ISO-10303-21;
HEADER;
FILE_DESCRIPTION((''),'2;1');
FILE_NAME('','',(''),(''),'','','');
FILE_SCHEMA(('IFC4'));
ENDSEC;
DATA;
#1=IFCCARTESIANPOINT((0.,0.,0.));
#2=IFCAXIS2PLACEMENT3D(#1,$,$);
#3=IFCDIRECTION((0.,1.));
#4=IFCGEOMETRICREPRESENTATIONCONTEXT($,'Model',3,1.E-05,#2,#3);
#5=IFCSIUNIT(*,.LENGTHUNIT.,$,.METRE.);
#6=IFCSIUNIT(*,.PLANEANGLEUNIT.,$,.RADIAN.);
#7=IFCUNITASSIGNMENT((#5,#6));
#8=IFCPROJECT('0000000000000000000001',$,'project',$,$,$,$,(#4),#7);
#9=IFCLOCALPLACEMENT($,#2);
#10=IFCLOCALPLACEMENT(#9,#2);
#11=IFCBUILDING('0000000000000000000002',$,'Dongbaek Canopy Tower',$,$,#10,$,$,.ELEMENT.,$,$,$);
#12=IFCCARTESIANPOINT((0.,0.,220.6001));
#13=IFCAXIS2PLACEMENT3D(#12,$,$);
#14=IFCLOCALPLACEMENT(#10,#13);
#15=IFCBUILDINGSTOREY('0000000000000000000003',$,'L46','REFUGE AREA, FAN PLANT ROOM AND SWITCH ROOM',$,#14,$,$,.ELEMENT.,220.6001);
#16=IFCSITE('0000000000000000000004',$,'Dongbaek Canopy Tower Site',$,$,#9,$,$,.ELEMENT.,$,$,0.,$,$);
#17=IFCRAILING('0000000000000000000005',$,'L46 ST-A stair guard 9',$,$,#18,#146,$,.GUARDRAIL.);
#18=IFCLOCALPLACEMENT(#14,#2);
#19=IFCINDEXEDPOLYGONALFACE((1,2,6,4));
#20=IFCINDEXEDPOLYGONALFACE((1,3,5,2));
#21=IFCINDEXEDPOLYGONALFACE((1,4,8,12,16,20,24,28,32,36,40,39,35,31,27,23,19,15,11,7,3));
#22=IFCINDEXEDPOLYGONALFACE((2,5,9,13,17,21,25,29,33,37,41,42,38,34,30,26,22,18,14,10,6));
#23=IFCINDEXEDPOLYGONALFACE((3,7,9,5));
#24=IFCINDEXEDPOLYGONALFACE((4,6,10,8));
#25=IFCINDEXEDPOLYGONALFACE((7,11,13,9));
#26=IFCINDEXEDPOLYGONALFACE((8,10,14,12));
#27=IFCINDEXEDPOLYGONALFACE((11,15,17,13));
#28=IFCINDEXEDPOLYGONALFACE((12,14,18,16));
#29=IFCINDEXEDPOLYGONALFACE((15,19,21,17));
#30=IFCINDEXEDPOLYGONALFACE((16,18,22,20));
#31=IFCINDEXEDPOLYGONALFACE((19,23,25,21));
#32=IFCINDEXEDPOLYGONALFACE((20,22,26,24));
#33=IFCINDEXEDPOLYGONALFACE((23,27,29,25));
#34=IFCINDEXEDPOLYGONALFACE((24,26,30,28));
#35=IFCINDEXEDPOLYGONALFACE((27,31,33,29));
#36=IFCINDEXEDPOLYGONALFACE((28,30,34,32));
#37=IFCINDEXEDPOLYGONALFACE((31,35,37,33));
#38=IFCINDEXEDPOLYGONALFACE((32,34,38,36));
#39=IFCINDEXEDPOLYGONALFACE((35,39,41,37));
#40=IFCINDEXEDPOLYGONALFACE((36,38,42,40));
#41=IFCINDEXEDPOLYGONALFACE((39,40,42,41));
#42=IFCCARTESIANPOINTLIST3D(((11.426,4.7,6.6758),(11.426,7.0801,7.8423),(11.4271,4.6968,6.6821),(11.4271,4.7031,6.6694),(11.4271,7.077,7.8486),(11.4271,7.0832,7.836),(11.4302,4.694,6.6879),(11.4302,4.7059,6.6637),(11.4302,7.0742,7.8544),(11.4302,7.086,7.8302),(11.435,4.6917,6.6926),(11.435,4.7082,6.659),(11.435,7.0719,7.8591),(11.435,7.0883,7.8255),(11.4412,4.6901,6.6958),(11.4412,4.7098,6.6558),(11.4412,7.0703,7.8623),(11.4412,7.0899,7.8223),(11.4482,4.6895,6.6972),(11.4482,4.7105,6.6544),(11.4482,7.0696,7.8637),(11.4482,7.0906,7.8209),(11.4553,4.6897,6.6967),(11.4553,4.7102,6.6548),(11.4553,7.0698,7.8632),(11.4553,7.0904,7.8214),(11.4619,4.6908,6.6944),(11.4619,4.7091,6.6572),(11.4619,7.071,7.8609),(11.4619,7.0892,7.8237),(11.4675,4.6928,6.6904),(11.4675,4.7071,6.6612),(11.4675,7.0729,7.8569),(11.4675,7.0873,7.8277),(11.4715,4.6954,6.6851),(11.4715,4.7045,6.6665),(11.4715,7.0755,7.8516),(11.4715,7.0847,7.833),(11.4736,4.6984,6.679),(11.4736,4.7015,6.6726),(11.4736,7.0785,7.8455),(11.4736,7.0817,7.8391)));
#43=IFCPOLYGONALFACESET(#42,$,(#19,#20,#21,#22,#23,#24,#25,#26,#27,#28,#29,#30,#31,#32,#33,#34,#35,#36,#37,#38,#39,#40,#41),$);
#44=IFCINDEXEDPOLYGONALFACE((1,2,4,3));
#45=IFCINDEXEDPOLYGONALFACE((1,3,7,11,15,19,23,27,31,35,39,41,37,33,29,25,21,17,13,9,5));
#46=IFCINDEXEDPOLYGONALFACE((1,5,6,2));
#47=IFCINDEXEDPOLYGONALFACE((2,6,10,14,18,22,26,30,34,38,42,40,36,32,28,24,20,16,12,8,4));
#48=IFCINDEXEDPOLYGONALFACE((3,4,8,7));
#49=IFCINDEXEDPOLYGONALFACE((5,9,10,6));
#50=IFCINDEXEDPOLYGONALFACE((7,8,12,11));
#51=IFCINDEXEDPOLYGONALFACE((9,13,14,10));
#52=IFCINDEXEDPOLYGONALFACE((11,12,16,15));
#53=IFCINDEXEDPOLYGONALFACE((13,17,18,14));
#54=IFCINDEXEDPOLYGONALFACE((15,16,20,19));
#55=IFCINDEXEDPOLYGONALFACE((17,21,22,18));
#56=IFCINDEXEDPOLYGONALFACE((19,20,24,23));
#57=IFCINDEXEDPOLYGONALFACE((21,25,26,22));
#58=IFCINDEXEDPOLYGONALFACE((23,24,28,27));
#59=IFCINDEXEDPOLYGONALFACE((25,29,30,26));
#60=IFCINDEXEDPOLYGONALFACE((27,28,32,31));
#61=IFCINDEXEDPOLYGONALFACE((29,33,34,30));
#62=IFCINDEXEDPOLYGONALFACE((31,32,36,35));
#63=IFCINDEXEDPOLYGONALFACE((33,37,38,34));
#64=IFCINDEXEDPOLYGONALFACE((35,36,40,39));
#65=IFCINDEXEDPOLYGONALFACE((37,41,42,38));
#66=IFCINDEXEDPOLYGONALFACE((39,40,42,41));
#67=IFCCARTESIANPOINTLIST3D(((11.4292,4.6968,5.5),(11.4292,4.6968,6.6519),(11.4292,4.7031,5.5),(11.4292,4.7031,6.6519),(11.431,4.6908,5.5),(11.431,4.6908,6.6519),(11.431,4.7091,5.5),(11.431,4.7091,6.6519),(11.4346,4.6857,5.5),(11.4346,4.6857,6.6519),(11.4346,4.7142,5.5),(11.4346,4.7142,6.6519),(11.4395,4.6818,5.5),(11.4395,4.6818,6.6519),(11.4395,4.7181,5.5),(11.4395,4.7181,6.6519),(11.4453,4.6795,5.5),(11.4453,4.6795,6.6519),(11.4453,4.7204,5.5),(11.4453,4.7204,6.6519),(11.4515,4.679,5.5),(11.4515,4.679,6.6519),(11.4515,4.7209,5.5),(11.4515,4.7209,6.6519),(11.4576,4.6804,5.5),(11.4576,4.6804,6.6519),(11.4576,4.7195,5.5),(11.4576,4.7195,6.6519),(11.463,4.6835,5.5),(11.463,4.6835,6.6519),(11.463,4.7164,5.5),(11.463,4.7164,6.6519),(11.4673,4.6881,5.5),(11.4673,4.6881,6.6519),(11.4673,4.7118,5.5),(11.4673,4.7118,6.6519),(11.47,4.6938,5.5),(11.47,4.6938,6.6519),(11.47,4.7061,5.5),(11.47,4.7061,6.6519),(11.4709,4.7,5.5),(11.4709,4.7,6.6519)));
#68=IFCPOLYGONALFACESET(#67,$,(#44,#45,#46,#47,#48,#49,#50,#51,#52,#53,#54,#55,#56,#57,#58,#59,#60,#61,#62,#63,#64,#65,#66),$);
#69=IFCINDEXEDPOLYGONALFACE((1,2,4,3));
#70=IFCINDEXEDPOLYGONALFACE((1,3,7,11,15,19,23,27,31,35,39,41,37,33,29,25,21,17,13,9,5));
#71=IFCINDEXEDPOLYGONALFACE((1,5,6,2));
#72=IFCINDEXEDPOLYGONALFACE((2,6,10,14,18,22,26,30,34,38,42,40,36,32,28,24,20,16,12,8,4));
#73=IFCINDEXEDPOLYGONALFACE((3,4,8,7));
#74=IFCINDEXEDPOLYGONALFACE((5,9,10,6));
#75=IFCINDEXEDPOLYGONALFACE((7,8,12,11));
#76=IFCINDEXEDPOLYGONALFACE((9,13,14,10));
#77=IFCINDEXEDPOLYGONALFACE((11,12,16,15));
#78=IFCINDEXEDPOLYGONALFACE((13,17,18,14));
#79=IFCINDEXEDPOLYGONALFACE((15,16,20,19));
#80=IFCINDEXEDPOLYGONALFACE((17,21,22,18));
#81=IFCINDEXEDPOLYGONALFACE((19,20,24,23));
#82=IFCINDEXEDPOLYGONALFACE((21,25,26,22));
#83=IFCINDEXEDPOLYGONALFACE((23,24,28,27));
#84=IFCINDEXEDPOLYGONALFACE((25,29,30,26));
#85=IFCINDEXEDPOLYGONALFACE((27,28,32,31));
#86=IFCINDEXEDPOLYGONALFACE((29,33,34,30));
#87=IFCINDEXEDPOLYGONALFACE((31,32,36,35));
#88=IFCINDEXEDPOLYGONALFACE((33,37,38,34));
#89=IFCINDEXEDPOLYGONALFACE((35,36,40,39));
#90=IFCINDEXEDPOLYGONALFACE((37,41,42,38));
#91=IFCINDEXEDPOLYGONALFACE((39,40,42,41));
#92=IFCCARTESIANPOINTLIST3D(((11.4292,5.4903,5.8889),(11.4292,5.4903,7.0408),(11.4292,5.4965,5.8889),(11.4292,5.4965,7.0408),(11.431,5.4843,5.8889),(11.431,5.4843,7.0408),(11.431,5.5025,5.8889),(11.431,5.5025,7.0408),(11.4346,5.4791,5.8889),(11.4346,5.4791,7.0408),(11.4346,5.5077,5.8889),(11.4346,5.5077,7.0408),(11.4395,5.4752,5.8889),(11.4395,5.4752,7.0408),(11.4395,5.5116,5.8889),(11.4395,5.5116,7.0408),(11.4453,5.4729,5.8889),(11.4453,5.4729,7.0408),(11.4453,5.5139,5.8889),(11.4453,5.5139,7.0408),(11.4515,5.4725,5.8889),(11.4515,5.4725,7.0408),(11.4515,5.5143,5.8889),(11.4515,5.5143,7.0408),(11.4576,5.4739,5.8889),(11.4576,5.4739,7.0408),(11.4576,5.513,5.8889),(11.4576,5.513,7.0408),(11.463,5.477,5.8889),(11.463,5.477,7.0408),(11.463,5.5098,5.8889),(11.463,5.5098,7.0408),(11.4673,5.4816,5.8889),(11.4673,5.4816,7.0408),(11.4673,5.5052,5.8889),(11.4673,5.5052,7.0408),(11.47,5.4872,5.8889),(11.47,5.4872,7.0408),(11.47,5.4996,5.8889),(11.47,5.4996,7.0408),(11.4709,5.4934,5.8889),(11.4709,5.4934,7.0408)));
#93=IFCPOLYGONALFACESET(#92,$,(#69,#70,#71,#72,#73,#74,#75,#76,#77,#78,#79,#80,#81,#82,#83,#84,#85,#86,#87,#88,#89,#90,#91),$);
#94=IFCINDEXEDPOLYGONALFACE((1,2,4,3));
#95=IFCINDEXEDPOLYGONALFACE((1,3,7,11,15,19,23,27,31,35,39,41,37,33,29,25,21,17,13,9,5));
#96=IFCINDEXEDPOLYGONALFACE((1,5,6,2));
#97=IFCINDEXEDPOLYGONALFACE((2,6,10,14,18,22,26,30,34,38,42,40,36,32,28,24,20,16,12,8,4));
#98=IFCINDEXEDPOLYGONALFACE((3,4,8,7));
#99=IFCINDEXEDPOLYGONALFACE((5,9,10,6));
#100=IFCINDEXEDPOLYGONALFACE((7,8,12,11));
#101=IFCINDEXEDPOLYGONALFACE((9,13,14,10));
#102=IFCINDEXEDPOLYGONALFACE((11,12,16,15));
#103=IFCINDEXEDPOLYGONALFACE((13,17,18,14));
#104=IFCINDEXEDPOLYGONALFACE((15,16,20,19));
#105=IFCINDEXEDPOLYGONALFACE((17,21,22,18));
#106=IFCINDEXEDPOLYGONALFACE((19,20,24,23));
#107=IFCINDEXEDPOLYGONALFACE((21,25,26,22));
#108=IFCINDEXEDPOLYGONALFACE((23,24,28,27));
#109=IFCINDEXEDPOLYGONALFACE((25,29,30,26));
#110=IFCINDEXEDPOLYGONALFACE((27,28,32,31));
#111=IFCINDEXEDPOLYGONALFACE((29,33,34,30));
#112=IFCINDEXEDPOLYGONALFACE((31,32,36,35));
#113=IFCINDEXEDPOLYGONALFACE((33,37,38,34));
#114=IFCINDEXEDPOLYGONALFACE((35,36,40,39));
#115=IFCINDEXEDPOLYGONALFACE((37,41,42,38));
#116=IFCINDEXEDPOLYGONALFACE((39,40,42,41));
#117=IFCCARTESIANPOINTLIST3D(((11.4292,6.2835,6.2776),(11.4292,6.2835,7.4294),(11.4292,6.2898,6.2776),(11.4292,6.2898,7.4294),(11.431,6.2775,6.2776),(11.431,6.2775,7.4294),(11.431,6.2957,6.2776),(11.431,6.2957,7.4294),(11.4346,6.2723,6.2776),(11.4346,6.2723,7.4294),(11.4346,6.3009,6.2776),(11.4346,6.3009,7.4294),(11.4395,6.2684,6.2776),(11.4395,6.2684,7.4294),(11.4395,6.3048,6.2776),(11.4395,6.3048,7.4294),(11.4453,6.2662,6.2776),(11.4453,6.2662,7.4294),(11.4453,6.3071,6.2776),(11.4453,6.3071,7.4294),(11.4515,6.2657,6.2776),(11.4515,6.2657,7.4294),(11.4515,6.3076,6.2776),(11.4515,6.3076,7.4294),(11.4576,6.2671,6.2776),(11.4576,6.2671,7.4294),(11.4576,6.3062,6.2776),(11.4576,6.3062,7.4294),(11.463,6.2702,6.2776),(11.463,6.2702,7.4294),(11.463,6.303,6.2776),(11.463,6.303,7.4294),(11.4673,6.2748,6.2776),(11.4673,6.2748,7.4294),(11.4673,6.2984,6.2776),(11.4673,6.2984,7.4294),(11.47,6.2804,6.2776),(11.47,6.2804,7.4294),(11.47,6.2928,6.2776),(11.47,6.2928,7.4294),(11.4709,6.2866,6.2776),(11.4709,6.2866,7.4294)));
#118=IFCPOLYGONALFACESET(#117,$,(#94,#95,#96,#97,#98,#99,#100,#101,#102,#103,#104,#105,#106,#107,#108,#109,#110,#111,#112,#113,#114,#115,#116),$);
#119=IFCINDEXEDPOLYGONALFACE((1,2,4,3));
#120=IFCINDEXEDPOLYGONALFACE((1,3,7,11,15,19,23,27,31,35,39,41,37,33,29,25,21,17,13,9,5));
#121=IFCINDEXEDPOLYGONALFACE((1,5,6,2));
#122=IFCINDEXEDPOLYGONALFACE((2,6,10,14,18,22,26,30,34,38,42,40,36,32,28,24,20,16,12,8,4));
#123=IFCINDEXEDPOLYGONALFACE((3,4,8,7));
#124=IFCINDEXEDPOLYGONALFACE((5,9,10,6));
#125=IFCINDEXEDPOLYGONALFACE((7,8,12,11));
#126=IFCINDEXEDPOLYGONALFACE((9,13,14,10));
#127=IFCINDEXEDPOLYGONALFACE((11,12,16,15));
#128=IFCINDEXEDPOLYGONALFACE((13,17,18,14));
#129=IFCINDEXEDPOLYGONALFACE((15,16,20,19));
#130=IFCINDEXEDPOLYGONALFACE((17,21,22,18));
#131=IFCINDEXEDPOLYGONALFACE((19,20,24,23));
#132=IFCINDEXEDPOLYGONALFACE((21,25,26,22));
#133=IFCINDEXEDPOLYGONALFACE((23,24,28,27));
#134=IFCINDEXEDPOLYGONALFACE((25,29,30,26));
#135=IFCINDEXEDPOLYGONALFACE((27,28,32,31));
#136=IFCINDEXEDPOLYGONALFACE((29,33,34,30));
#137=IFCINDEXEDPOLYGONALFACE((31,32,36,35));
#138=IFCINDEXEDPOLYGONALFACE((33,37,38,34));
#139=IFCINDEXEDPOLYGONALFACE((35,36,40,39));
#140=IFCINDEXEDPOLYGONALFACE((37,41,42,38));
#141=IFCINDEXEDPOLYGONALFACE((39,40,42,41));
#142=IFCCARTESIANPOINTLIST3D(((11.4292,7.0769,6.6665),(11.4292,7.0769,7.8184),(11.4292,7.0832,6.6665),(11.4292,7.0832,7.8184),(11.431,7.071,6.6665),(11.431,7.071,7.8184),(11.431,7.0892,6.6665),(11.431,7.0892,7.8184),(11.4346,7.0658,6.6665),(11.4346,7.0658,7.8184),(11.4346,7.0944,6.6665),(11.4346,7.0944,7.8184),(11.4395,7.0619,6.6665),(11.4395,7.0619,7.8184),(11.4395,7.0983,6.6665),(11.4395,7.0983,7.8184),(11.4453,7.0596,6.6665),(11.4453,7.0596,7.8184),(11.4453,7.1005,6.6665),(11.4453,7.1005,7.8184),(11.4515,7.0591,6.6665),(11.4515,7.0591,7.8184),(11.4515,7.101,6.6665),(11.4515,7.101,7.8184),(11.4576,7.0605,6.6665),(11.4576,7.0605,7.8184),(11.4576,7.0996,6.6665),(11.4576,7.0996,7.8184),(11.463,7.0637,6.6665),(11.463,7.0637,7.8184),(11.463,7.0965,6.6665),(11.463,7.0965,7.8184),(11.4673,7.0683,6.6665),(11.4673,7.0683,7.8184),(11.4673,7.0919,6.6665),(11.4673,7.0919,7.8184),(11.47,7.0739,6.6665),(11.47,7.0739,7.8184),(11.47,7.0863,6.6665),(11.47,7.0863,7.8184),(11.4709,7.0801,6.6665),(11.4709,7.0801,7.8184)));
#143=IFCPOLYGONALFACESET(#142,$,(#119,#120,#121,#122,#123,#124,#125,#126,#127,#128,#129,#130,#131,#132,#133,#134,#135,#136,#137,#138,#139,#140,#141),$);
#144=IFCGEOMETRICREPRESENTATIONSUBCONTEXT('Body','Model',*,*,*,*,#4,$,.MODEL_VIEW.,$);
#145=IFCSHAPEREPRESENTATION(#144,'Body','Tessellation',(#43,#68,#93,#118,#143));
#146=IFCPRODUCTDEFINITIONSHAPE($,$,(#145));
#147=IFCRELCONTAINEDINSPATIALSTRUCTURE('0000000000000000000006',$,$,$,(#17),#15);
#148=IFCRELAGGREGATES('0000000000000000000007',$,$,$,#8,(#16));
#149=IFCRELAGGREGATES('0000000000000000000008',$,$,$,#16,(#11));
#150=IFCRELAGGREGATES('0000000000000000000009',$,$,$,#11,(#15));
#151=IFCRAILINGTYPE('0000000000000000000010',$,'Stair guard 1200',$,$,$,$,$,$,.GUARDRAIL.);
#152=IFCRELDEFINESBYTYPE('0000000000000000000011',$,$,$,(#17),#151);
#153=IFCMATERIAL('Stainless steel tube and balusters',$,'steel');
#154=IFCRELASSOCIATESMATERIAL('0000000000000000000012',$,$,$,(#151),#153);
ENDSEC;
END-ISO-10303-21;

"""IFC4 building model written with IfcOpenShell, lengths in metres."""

from ifc_helpers import new_model, si_unit, direction, frame, origin, origin_2d, place, context, subcontext, project, spatial, circle, extrude, material, type_object, element, save


model = new_model("IFC4")

# Units and contexts
model_context = context("Model", 3, precision=1e-05, world=origin(), true_north=direction((0.0, 1.0)))
body_context = subcontext(model_context, "Body", "Model", "MODEL_VIEW")
ifc_project = project(units=[si_unit("LENGTHUNIT", "METRE"), si_unit("PLANEANGLEUNIT", "RADIAN")], contexts=[model_context])

# Site, building, storey
site_placement = place(None, origin())
site = spatial("IfcSite", under=ifc_project, at=site_placement, Name="Dongbaek Canopy Tower Site", CompositionType="ELEMENT", RefElevation=0.0)
building_placement = place(site_placement, origin())
building = spatial("IfcBuilding", under=site, at=building_placement, Name="Dongbaek Canopy Tower", CompositionType="ELEMENT")
storey_placement = place(building_placement, frame((0.0, 0.0, 220.6001)))
storey = spatial("IfcBuildingStorey", under=building, at=storey_placement, Name="L46", Description="REFUGE AREA, FAN PLANT ROOM AND SWITCH ROOM", CompositionType="ELEMENT", Elevation=220.6001)

# Railing
ifc_material_1 = material(Name="Stainless steel tube and balusters", Category="steel")
railing_type_1 = type_object("IfcRailingType", Name="Stair guard 1200", PredefinedType="GUARDRAIL", material=ifc_material_1)
railing_1_placement = place(storey_placement, frame((11.45, 4.7, 5.5)))
element("IfcRailing", 1, at=railing_1_placement, inside=storey, type_object=railing_type_1, Name="L46 ST-A stair guard 9", PredefinedType="GUARDRAIL", context=body_context, shape_type="SweptSolid", body=[
    extrude(circle(Radius=0.0239, at=origin_2d()), frame((0.0, 0.0, 1.1758), z_axis=(0.0, 0.897954, 0.440089), x_axis=(-1.0, 0.0, 0.0)), (0.0, 0.0, 1.0), 2.6506),
    extrude(circle(Radius=0.021, at=origin_2d()), origin(), (0.0, 0.0, 1.0), 1.1519),
    extrude(circle(Radius=0.021, at=origin_2d()), frame((0.0, 0.7935, 0.3889)), (0.0, 0.0, 1.0), 1.1519),
    extrude(circle(Radius=0.021, at=origin_2d()), frame((0.0, 1.5867, 0.7776)), (0.0, 0.0, 1.0), 1.1519),
    extrude(circle(Radius=0.021, at=origin_2d()), frame((0.0, 2.3801, 1.1665)), (0.0, 0.0, 1.0), 1.1519),
])

save(model, "model.ifc")
